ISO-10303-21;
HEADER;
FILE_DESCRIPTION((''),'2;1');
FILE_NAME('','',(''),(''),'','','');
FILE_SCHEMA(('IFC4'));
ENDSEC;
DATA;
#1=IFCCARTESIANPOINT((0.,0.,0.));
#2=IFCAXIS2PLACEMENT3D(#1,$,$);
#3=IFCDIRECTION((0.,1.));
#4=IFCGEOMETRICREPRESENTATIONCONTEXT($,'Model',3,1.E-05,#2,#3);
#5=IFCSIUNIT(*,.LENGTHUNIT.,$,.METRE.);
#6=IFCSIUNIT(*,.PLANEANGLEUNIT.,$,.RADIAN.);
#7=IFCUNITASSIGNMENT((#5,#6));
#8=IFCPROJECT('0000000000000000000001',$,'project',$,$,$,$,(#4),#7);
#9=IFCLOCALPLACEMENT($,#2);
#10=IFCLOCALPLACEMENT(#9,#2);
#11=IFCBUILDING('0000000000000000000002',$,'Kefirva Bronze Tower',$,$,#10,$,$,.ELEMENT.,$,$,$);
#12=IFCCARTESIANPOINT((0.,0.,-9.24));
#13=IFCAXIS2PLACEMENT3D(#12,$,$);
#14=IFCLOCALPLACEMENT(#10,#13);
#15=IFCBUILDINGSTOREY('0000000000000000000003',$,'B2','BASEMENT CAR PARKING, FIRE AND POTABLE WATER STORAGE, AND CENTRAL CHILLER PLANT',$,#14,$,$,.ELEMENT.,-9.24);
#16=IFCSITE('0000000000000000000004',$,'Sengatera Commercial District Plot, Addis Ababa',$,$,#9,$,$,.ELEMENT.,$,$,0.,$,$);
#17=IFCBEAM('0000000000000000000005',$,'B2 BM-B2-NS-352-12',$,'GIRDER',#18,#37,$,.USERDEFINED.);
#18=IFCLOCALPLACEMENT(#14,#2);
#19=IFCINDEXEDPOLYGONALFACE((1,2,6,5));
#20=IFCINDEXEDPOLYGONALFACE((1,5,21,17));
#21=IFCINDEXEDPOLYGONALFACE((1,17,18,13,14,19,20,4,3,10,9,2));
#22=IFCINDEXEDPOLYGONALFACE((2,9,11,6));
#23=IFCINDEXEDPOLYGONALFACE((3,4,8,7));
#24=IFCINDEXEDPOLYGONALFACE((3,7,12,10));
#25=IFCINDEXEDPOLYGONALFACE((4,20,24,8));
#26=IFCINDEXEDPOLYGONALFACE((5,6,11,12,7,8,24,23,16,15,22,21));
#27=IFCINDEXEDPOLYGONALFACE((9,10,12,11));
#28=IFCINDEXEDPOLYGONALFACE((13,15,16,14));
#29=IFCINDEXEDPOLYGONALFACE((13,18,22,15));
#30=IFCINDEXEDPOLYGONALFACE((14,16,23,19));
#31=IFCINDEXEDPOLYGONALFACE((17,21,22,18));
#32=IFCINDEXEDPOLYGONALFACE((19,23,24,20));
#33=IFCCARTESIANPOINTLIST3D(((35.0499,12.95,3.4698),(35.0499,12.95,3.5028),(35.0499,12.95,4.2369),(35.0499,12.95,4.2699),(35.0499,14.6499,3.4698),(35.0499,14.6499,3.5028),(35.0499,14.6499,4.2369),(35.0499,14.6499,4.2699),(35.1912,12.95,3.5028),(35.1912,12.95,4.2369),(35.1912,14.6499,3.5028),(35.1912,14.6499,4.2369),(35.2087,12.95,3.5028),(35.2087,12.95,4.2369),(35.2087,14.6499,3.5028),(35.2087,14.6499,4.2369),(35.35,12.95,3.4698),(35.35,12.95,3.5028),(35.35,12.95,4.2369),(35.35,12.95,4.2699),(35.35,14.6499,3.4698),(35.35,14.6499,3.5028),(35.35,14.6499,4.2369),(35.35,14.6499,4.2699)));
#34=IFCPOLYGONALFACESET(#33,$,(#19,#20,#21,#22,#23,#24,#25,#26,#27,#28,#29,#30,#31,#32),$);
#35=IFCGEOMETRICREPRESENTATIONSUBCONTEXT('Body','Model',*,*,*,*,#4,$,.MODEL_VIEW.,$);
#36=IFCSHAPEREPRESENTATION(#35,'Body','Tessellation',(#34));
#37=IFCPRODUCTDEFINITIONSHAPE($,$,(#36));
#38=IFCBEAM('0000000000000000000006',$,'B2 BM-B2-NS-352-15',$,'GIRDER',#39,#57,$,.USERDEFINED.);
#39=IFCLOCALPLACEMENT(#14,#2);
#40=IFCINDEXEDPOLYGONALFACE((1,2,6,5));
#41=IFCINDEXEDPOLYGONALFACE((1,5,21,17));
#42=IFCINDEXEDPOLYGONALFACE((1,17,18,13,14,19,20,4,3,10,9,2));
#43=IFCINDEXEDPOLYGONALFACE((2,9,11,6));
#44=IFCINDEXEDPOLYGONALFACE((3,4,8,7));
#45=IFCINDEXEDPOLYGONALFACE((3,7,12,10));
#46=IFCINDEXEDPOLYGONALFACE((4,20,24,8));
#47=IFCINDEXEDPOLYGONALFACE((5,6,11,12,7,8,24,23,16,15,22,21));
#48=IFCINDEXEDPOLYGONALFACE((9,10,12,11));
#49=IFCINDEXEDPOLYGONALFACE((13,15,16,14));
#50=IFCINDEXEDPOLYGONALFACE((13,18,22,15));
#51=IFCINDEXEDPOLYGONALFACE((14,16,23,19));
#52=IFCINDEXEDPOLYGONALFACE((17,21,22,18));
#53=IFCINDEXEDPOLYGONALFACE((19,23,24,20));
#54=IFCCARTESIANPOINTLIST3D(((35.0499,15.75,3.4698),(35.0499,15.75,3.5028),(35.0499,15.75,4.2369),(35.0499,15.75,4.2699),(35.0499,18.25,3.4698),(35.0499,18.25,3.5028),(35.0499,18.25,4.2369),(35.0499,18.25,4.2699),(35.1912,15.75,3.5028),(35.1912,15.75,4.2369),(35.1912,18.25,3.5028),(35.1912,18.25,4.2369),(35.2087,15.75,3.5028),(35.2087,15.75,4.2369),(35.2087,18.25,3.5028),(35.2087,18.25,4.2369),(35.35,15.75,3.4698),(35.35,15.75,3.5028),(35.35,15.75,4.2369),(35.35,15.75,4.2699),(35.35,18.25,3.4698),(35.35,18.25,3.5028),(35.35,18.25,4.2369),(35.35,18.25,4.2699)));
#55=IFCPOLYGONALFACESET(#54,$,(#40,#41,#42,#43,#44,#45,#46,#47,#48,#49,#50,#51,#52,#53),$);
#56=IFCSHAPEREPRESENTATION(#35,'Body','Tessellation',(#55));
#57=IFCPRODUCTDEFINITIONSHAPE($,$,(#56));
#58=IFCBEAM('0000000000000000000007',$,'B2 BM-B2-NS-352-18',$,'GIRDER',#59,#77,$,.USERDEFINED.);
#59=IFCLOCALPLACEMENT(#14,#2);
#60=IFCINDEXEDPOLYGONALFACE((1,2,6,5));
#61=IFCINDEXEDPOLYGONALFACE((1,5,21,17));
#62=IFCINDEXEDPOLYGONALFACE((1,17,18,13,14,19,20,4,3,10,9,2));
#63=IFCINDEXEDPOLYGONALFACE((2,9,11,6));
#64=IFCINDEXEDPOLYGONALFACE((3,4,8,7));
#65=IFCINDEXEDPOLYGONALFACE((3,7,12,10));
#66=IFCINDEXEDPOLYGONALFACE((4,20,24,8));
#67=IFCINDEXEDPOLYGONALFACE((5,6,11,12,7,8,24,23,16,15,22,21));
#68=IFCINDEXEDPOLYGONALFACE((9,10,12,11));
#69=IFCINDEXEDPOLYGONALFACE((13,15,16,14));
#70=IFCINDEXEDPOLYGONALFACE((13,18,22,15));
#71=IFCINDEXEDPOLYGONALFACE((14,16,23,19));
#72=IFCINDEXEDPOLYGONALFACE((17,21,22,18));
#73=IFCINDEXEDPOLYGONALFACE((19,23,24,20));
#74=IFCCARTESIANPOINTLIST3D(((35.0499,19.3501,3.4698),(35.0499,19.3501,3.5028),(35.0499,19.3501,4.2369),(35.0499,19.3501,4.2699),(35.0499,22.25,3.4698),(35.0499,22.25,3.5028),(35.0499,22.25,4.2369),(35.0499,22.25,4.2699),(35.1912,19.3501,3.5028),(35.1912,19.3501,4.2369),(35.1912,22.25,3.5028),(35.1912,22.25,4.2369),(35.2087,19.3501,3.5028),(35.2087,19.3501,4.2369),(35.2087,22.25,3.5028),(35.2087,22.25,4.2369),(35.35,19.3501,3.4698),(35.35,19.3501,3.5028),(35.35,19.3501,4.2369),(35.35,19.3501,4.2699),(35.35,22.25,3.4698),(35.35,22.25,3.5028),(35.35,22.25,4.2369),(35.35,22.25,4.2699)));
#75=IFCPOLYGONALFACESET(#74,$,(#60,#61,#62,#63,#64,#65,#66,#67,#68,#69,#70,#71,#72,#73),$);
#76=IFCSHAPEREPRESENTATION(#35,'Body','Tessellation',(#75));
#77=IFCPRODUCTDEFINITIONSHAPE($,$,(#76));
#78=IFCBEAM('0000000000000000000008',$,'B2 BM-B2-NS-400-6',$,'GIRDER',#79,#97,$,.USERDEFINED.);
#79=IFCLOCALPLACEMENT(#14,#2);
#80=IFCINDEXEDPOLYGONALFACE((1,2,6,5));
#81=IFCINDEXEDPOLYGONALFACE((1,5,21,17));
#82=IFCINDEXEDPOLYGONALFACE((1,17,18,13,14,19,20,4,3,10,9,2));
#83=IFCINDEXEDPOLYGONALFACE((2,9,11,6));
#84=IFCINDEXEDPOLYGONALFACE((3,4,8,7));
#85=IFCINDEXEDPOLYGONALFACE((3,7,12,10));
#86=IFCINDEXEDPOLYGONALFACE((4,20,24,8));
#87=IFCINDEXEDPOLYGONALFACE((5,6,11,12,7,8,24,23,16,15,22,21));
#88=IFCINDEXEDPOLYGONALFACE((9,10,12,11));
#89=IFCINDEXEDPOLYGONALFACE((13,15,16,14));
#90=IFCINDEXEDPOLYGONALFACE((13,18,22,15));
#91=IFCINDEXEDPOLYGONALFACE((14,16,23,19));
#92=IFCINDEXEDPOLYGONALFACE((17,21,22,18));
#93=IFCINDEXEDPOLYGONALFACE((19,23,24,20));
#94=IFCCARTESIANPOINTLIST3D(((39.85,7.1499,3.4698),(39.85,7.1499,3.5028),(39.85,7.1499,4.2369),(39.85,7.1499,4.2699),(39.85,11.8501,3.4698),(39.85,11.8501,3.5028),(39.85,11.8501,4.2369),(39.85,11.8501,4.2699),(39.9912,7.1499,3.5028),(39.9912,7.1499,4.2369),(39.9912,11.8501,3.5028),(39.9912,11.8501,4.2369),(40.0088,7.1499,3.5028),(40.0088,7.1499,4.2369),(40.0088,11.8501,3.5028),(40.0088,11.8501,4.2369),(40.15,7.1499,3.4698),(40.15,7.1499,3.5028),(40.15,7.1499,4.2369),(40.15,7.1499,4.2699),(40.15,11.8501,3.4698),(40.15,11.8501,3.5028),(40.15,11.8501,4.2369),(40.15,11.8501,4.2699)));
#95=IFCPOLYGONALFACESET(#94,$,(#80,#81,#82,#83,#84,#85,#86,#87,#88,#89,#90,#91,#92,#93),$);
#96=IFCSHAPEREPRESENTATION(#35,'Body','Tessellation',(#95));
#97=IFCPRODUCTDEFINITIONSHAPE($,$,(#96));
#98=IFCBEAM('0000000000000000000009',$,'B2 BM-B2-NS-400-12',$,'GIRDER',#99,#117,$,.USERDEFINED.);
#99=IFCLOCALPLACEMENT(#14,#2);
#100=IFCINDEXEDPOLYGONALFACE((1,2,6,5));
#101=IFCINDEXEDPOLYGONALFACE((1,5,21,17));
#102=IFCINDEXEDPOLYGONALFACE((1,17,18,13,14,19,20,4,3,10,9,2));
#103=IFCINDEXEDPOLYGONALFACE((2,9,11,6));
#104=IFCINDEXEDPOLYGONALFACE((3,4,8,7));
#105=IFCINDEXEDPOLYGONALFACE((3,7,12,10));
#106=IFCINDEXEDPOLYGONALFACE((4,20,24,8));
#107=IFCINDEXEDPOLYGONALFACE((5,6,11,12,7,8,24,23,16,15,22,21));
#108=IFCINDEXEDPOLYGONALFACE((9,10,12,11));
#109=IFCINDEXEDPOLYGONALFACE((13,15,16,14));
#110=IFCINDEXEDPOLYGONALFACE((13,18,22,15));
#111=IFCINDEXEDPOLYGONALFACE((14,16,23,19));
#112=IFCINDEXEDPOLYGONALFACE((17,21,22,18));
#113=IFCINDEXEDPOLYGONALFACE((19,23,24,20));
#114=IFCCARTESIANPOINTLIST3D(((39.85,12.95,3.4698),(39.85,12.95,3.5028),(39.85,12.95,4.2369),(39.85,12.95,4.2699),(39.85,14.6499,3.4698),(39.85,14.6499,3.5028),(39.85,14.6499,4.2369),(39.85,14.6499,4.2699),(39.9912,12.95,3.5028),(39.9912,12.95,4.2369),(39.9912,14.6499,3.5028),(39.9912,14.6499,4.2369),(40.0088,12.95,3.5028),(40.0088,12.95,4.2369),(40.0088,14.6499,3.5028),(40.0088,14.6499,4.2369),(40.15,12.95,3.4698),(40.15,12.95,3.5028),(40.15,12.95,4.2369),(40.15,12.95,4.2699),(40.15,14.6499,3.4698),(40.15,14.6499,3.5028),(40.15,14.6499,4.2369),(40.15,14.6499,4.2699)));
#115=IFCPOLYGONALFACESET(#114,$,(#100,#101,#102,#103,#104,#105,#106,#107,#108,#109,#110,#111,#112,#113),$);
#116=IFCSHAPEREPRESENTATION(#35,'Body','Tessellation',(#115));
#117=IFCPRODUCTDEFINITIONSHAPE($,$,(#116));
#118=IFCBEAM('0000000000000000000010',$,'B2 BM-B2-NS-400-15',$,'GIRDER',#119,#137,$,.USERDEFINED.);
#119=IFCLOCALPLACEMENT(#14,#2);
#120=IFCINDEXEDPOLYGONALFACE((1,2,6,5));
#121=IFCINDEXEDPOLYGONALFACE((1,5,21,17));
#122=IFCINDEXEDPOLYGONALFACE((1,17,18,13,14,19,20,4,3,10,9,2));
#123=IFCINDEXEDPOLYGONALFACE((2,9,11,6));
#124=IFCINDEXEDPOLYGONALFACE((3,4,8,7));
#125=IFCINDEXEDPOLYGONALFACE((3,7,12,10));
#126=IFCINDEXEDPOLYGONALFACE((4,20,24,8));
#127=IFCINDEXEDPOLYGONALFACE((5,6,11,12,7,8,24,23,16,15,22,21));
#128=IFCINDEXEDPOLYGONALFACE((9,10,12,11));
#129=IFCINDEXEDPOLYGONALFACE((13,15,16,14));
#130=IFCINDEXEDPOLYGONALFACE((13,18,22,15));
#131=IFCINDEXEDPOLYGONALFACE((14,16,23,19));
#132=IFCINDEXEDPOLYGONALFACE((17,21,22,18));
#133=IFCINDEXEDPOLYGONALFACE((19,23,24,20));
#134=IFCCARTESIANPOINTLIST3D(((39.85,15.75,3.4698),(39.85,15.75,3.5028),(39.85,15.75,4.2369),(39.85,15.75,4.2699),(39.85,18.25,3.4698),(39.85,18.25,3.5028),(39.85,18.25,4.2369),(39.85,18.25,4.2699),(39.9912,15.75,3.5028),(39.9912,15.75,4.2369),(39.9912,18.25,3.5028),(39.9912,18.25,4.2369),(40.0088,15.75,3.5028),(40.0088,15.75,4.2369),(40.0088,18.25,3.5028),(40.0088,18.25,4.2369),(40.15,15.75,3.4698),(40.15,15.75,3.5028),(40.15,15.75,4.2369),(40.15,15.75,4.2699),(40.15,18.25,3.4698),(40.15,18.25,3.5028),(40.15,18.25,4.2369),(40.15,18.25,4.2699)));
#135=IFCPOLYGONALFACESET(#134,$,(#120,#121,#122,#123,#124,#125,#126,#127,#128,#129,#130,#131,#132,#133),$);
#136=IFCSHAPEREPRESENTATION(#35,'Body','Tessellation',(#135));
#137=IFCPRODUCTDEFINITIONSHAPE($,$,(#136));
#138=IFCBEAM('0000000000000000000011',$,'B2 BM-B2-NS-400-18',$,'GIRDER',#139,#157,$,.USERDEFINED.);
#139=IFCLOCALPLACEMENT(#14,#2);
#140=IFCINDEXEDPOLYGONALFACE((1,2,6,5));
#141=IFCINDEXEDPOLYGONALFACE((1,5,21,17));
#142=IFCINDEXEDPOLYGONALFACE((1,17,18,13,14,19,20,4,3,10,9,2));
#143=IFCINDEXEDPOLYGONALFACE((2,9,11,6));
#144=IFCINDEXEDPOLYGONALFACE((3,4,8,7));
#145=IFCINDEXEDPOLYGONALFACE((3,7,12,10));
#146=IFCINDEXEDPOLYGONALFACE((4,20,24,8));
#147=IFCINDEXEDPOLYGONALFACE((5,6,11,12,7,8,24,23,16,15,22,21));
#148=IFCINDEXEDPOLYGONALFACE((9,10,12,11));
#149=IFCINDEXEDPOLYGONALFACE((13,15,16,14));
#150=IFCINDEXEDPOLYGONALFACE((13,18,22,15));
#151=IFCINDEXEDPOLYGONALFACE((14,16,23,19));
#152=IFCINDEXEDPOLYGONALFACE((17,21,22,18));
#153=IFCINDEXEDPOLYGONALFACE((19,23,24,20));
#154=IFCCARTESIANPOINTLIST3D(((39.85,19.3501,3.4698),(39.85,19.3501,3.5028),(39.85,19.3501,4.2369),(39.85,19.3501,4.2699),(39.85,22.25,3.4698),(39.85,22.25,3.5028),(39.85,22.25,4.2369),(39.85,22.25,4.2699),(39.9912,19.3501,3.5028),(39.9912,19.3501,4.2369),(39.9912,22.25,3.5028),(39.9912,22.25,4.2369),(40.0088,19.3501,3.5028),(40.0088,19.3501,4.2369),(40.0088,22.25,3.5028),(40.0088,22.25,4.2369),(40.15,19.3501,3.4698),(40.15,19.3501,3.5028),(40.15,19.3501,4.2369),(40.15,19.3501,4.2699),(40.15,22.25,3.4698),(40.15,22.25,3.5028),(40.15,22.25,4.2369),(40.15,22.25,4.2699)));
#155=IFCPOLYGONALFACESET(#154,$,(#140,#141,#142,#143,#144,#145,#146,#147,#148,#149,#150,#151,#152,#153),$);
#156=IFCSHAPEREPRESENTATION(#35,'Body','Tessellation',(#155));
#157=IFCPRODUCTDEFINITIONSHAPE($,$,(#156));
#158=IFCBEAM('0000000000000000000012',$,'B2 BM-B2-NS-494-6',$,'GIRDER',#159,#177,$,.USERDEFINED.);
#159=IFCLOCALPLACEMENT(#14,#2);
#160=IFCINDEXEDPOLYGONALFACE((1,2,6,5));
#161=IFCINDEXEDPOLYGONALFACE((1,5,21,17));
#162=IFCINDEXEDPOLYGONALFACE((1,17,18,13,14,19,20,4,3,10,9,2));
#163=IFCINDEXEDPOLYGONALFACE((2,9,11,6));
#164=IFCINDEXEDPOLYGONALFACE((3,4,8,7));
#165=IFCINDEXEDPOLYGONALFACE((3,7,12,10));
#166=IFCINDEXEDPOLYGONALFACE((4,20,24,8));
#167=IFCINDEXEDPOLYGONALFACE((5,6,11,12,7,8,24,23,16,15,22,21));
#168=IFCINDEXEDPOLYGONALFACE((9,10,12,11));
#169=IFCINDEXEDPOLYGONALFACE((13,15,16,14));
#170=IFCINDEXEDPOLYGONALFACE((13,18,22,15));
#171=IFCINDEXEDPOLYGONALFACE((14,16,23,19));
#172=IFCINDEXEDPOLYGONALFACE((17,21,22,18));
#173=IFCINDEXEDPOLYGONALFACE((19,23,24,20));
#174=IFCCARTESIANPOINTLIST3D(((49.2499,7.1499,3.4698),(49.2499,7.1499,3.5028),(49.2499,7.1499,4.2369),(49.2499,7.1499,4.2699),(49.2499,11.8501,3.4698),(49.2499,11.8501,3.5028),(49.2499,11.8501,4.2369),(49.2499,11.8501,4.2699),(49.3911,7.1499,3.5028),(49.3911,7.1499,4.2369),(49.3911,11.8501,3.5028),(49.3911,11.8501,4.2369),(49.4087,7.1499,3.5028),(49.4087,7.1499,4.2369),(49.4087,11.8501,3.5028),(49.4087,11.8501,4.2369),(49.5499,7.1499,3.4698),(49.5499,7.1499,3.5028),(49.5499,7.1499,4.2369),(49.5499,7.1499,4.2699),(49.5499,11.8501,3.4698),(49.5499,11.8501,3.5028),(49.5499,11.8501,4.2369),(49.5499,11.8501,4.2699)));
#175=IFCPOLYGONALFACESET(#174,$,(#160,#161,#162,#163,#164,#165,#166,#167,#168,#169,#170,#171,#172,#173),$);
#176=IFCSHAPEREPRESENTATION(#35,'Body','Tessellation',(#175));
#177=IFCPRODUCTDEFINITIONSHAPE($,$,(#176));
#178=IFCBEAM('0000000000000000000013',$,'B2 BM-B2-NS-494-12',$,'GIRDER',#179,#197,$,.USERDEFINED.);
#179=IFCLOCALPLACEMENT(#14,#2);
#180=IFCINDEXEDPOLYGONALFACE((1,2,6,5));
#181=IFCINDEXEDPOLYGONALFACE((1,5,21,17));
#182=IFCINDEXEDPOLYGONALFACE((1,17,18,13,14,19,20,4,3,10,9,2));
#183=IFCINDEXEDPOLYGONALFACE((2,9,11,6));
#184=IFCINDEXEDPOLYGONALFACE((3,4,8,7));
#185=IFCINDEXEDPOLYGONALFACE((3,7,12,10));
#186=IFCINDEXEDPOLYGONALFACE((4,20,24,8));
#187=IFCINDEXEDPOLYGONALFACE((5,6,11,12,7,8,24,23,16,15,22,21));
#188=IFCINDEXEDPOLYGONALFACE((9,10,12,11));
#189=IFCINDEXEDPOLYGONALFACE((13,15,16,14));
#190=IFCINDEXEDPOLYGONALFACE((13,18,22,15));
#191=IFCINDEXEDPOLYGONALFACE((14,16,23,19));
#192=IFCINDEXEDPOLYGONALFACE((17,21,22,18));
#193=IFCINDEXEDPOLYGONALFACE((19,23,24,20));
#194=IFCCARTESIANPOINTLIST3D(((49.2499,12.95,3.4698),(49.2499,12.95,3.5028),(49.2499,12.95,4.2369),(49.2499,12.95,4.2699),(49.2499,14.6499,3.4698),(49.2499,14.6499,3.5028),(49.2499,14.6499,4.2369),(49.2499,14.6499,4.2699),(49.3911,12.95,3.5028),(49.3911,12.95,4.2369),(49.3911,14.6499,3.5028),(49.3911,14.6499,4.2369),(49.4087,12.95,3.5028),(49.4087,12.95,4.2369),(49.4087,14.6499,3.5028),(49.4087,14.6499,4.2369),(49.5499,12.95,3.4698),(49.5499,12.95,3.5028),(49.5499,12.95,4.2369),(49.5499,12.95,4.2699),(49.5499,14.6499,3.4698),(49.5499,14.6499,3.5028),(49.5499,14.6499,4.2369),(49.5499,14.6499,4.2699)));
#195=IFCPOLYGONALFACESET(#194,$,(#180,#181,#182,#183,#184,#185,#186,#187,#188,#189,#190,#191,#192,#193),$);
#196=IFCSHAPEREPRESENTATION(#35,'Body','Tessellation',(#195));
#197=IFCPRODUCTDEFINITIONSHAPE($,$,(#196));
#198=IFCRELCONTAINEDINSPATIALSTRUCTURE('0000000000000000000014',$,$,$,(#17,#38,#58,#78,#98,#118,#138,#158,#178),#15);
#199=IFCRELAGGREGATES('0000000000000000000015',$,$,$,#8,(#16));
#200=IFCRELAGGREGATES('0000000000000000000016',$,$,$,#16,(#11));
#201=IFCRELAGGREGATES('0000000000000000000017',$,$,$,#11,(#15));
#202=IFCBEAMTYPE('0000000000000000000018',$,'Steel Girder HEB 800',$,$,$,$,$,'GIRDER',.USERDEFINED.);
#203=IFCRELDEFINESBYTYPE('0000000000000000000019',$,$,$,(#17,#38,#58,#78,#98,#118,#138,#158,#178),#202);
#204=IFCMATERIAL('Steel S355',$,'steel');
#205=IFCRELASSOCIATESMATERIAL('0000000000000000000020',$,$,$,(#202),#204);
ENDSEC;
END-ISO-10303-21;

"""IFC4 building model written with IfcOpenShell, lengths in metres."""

from ifc_helpers import new_model, si_unit, direction, frame, origin, origin_2d, place, context, subcontext, project, spatial, i_section, extrude, material, material_profile, profile_set, type_object, element, save


model = new_model("IFC4")

# Units and contexts
model_context = context("Model", 3, precision=1e-05, world=origin(), true_north=direction((0.0, 1.0)))
body_context = subcontext(model_context, "Body", "Model", "MODEL_VIEW")
ifc_project = project(units=[si_unit("LENGTHUNIT", "METRE"), si_unit("PLANEANGLEUNIT", "RADIAN")], contexts=[model_context])

# Site, building, storey
site_placement = place(None, origin())
site = spatial("IfcSite", under=ifc_project, at=site_placement, Name="Sengatera Commercial District Plot, Addis Ababa", CompositionType="ELEMENT", RefElevation=0.0)
building_placement = place(site_placement, origin())
building = spatial("IfcBuilding", under=site, at=building_placement, Name="Kefirva Bronze Tower", CompositionType="ELEMENT")
storey_placement = place(building_placement, frame((0.0, 0.0, -9.24)))
storey = spatial("IfcBuildingStorey", under=building, at=storey_placement, Name="B2", Description="BASEMENT CAR PARKING, FIRE AND POTABLE WATER STORAGE, AND CENTRAL CHILLER PLANT", CompositionType="ELEMENT", Elevation=-9.24)

# Beams
ifc_material_1 = material(Name="Steel S355", Category="steel")
ifc_material_profile_1 = material_profile(ifc_material_1, i_section(OverallWidth=0.3, OverallDepth=0.8, WebThickness=0.0176, FlangeThickness=0.033, at=origin_2d()), Name="HEB 800")
ifc_profile_set_1 = profile_set([ifc_material_profile_1], Name="Steel S355")
beam_type_1 = type_object("IfcBeamType", Name="Steel Girder HEB 800", ElementType="GIRDER", PredefinedType="USERDEFINED", material=ifc_profile_set_1)
beam_1_placement = place(storey_placement, frame((35.2, 12.95, 3.8699), z_axis=(0.0, 1.0, 0.0), x_axis=(-1.0, 0.0, 0.0)))
element("IfcBeam", 1, at=beam_1_placement, inside=storey, type_object=beam_type_1, Name="B2 BM-B2-NS-352-12", ObjectType="GIRDER", PredefinedType="USERDEFINED", context=body_context, shape_type="SweptSolid", body=[
    extrude(i_section(OverallWidth=0.3, OverallDepth=0.8, WebThickness=0.0176, FlangeThickness=0.033, at=origin_2d()), origin(), (0.0, 0.0, 1.0), 1.7),
])
beam_2_placement = place(storey_placement, frame((35.2, 15.75, 3.8699), z_axis=(0.0, 1.0, 0.0), x_axis=(-1.0, 0.0, 0.0)))
element("IfcBeam", 2, at=beam_2_placement, inside=storey, type_object=beam_type_1, Name="B2 BM-B2-NS-352-15", ObjectType="GIRDER", PredefinedType="USERDEFINED", context=body_context, shape_type="SweptSolid", body=[
    extrude(i_section(OverallWidth=0.3, OverallDepth=0.8, WebThickness=0.0176, FlangeThickness=0.033, at=origin_2d()), origin(), (0.0, 0.0, 1.0), 2.5),
])
beam_3_placement = place(storey_placement, frame((35.2, 19.3501, 3.8699), z_axis=(0.0, 1.0, 0.0), x_axis=(-1.0, 0.0, 0.0)))
element("IfcBeam", 3, at=beam_3_placement, inside=storey, type_object=beam_type_1, Name="B2 BM-B2-NS-352-18", ObjectType="GIRDER", PredefinedType="USERDEFINED", context=body_context, shape_type="SweptSolid", body=[
    extrude(i_section(OverallWidth=0.3, OverallDepth=0.8, WebThickness=0.0176, FlangeThickness=0.033, at=origin_2d()), origin(), (0.0, 0.0, 1.0), 2.8999),
])
beam_4_placement = place(storey_placement, frame((40.0, 7.1499, 3.8699), z_axis=(0.0, 1.0, 0.0), x_axis=(-1.0, 0.0, 0.0)))
element("IfcBeam", 4, at=beam_4_placement, inside=storey, type_object=beam_type_1, Name="B2 BM-B2-NS-400-6", ObjectType="GIRDER", PredefinedType="USERDEFINED", context=body_context, shape_type="SweptSolid", body=[
    extrude(i_section(OverallWidth=0.3, OverallDepth=0.8, WebThickness=0.0176, FlangeThickness=0.033, at=origin_2d()), origin(), (0.0, 0.0, 1.0), 4.7002),
])
beam_5_placement = place(storey_placement, frame((40.0, 12.95, 3.8699), z_axis=(0.0, 1.0, 0.0), x_axis=(-1.0, 0.0, 0.0)))
element("IfcBeam", 5, at=beam_5_placement, inside=storey, type_object=beam_type_1, Name="B2 BM-B2-NS-400-12", ObjectType="GIRDER", PredefinedType="USERDEFINED", context=body_context, shape_type="SweptSolid", body=[
    extrude(i_section(OverallWidth=0.3, OverallDepth=0.8, WebThickness=0.0176, FlangeThickness=0.033, at=origin_2d()), origin(), (0.0, 0.0, 1.0), 1.7),
])
beam_6_placement = place(storey_placement, frame((40.0, 15.75, 3.8699), z_axis=(0.0, 1.0, 0.0), x_axis=(-1.0, 0.0, 0.0)))
element("IfcBeam", 6, at=beam_6_placement, inside=storey, type_object=beam_type_1, Name="B2 BM-B2-NS-400-15", ObjectType="GIRDER", PredefinedType="USERDEFINED", context=body_context, shape_type="SweptSolid", body=[
    extrude(i_section(OverallWidth=0.3, OverallDepth=0.8, WebThickness=0.0176, FlangeThickness=0.033, at=origin_2d()), origin(), (0.0, 0.0, 1.0), 2.5),
])
beam_7_placement = place(storey_placement, frame((40.0, 19.3501, 3.8699), z_axis=(0.0, 1.0, 0.0), x_axis=(-1.0, 0.0, 0.0)))
element("IfcBeam", 7, at=beam_7_placement, inside=storey, type_object=beam_type_1, Name="B2 BM-B2-NS-400-18", ObjectType="GIRDER", PredefinedType="USERDEFINED", context=body_context, shape_type="SweptSolid", body=[
    extrude(i_section(OverallWidth=0.3, OverallDepth=0.8, WebThickness=0.0176, FlangeThickness=0.033, at=origin_2d()), origin(), (0.0, 0.0, 1.0), 2.8999),
])
beam_8_placement = place(storey_placement, frame((49.3999, 7.1499, 3.8699), z_axis=(0.0, 1.0, 0.0), x_axis=(-1.0, 0.0, 0.0)))
element("IfcBeam", 8, at=beam_8_placement, inside=storey, type_object=beam_type_1, Name="B2 BM-B2-NS-494-6", ObjectType="GIRDER", PredefinedType="USERDEFINED", context=body_context, shape_type="SweptSolid", body=[
    extrude(i_section(OverallWidth=0.3, OverallDepth=0.8, WebThickness=0.0176, FlangeThickness=0.033, at=origin_2d()), origin(), (0.0, 0.0, 1.0), 4.7002),
])
beam_9_placement = place(storey_placement, frame((49.3999, 12.95, 3.8699), z_axis=(0.0, 1.0, 0.0), x_axis=(-1.0, 0.0, 0.0)))
element("IfcBeam", 9, at=beam_9_placement, inside=storey, type_object=beam_type_1, Name="B2 BM-B2-NS-494-12", ObjectType="GIRDER", PredefinedType="USERDEFINED", context=body_context, shape_type="SweptSolid", body=[
    extrude(i_section(OverallWidth=0.3, OverallDepth=0.8, WebThickness=0.0176, FlangeThickness=0.033, at=origin_2d()), origin(), (0.0, 0.0, 1.0), 1.7),
])

save(model, "model.ifc")
